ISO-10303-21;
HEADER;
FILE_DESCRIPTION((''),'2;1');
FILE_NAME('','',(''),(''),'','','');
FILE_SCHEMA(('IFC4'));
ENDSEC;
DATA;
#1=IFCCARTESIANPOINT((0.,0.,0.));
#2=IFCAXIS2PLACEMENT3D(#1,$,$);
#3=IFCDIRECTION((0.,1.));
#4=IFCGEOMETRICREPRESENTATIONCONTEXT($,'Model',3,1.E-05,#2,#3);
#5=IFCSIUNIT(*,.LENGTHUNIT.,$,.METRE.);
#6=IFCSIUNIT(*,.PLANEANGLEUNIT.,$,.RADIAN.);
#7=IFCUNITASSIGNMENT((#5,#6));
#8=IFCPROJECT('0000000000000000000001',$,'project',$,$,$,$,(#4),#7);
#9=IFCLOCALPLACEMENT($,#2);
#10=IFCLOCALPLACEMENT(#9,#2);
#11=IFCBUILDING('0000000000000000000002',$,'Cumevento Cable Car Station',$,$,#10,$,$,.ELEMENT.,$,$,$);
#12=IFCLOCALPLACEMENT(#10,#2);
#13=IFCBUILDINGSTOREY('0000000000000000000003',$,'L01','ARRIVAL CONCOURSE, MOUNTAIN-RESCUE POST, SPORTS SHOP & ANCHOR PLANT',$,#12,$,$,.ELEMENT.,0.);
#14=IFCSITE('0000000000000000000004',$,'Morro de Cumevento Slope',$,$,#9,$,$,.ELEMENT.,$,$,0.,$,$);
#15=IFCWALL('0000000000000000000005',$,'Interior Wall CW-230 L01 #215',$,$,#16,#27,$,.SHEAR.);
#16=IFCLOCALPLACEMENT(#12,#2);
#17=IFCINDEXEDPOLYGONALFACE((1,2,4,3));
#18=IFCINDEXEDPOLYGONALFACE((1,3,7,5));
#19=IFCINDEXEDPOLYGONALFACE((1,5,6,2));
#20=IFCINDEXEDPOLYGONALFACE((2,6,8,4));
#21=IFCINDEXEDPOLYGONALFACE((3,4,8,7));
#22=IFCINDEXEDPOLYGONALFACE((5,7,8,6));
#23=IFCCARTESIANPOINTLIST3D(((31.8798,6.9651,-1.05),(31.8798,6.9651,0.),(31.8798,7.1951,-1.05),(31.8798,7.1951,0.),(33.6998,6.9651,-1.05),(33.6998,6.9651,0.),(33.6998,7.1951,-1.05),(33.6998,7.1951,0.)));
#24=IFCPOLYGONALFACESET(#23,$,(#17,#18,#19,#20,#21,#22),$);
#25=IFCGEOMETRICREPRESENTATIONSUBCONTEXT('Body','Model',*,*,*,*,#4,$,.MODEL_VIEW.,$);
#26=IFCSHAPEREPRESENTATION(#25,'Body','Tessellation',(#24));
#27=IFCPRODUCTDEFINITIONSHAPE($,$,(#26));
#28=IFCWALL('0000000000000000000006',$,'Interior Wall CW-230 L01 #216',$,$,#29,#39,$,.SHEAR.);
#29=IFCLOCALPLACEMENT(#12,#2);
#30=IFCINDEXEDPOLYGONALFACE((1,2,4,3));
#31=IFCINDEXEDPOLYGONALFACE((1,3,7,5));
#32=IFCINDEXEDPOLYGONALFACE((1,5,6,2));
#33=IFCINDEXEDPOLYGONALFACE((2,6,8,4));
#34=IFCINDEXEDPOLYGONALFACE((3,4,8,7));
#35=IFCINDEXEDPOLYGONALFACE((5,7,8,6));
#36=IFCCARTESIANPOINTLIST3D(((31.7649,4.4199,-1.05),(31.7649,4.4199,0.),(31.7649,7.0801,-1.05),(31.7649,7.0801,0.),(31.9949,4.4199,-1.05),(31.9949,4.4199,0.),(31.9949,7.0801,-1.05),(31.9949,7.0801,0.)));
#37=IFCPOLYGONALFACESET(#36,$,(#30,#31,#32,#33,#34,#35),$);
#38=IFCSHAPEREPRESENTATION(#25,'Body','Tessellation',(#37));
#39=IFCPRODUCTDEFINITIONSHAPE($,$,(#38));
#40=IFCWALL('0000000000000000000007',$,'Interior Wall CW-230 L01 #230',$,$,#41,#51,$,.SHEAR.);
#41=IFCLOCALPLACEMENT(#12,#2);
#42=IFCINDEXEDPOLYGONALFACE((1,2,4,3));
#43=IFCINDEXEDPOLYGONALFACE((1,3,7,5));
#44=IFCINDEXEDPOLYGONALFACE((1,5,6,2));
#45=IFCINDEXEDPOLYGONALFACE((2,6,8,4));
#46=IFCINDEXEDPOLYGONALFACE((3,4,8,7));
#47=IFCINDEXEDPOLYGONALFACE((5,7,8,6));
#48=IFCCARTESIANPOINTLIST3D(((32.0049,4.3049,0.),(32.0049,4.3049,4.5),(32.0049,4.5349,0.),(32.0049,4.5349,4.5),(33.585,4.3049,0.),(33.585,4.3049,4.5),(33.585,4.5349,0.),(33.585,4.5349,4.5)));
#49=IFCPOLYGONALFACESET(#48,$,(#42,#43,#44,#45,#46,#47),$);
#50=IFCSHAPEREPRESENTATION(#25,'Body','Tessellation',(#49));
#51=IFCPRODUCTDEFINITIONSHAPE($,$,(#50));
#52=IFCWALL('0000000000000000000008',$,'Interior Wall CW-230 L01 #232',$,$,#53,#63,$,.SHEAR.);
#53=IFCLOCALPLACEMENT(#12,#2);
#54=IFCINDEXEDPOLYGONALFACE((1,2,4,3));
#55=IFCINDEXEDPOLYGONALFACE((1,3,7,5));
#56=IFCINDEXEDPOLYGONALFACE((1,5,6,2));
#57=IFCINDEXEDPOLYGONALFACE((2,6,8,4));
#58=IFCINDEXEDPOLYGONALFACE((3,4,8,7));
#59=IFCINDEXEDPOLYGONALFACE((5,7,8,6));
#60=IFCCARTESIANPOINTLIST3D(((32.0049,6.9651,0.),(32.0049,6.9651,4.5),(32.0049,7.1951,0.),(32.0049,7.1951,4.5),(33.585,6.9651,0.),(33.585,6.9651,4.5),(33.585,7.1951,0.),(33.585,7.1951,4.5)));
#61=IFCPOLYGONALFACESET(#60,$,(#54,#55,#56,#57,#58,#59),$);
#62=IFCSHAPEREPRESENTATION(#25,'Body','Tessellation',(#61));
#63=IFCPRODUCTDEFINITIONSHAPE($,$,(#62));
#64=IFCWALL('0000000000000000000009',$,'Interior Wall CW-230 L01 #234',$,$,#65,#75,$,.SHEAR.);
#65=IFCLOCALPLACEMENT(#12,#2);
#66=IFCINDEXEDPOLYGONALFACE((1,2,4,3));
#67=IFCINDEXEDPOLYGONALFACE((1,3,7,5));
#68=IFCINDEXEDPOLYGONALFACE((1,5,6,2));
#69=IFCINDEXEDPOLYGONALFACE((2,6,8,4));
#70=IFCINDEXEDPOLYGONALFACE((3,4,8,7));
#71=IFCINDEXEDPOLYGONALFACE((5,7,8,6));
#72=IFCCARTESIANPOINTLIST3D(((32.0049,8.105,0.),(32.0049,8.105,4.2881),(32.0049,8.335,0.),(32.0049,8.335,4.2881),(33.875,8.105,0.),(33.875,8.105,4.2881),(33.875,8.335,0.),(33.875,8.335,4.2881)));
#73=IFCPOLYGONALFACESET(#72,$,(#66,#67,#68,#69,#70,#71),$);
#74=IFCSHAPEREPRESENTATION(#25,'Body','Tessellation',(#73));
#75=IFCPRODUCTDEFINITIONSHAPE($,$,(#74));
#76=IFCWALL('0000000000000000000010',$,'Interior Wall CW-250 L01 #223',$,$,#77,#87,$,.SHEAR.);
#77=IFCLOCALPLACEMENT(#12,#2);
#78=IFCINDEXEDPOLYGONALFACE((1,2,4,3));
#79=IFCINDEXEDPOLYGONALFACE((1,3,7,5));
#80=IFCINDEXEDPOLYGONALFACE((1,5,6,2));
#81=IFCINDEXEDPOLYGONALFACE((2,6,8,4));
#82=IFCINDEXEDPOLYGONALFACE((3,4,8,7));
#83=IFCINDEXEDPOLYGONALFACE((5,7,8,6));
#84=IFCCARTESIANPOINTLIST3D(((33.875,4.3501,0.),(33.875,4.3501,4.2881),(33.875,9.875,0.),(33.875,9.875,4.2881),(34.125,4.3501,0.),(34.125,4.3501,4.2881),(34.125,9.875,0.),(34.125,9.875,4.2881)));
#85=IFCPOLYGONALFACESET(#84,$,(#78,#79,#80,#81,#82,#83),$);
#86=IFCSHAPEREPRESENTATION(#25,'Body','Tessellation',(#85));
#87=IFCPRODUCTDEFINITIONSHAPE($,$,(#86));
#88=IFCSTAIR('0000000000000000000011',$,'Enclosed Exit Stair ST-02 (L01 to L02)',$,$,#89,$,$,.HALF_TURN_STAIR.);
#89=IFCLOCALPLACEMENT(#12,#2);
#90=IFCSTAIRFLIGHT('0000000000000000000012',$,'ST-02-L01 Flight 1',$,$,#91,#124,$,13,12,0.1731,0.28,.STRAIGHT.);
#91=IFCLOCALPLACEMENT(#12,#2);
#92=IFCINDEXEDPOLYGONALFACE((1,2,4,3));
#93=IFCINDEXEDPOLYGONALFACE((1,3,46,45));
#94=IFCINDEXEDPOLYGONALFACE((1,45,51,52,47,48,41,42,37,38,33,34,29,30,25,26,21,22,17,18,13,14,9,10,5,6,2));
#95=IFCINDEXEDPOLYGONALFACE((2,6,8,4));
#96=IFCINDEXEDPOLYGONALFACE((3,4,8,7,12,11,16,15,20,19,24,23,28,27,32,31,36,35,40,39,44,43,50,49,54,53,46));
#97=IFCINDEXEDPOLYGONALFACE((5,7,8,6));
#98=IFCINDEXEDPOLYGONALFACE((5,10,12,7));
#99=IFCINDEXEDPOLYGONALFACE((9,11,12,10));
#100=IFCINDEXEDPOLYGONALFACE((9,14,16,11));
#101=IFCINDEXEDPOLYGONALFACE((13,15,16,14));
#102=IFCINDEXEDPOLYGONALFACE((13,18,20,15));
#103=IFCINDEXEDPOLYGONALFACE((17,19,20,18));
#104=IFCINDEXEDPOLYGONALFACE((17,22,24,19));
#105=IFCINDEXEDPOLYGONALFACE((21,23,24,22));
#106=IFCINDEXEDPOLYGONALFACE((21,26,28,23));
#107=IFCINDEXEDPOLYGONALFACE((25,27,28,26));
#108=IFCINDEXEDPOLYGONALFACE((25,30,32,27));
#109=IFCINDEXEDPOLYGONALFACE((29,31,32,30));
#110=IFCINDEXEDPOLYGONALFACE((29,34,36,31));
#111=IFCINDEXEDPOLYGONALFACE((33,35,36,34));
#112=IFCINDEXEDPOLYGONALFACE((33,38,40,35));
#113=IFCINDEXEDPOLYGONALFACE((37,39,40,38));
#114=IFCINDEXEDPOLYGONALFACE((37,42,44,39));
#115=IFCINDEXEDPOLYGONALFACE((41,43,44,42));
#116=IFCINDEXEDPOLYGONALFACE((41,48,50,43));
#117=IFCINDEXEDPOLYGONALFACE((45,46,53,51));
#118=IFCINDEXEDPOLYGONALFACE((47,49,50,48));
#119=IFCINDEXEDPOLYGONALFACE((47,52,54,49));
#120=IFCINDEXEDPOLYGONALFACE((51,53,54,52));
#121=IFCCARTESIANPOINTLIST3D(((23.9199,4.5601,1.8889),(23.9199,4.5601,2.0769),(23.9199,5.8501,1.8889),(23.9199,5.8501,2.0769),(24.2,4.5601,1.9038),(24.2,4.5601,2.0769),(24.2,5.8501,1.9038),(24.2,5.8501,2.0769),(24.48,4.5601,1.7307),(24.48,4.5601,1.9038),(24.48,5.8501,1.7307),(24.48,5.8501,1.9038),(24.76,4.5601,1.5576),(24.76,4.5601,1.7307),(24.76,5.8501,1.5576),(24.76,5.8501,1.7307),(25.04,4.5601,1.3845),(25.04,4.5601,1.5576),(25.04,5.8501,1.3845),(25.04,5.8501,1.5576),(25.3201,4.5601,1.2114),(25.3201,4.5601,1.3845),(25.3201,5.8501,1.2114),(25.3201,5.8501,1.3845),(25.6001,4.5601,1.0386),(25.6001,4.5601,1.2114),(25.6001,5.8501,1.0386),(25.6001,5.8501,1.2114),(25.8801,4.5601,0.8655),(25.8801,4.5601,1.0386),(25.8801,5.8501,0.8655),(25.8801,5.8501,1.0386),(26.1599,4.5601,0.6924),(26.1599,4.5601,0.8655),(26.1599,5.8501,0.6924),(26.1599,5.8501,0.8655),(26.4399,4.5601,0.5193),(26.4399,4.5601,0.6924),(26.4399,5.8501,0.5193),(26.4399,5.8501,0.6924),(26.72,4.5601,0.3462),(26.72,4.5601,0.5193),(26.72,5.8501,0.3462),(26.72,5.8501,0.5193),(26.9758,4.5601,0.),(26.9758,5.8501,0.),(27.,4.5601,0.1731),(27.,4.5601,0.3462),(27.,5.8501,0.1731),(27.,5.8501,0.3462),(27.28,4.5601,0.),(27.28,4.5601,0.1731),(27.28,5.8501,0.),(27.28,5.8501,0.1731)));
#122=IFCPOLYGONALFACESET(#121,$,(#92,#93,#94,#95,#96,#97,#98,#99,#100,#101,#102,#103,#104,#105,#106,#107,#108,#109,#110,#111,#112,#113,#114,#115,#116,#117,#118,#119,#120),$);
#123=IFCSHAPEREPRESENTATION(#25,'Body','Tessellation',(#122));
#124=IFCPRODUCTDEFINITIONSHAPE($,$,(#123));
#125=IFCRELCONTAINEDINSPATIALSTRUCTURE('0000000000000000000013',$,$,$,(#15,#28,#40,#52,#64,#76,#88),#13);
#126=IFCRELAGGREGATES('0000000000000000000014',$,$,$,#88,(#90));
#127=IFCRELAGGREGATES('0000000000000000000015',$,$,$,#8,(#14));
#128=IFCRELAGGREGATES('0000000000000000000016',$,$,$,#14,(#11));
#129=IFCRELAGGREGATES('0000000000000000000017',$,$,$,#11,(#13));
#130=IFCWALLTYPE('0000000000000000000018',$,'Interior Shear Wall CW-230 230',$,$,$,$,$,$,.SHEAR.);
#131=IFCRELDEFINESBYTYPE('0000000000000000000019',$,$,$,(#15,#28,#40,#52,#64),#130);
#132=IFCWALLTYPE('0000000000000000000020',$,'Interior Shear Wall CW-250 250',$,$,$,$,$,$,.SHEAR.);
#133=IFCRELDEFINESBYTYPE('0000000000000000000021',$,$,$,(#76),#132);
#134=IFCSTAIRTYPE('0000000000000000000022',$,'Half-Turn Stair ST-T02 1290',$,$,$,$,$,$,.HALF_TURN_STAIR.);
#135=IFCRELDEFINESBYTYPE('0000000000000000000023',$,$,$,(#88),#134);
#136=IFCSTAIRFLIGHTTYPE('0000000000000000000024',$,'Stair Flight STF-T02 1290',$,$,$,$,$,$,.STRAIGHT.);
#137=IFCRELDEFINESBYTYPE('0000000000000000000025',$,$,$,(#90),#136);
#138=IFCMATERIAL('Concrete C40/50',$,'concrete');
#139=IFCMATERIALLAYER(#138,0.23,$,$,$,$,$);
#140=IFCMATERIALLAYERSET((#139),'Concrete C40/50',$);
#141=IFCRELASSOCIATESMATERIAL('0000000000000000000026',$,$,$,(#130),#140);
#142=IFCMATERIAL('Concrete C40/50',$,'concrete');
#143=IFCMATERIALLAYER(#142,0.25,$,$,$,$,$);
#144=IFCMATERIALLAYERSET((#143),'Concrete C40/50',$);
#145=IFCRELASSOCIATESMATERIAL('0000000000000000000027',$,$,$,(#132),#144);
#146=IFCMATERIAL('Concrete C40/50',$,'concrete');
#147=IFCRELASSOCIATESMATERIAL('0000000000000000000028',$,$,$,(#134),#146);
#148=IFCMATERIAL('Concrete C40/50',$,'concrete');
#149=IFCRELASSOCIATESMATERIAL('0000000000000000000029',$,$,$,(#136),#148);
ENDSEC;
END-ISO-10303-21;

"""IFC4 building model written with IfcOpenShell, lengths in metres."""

from ifc_helpers import new_model, si_unit, direction, frame, frame_2d, origin, place, context, subcontext, project, spatial, polyline, rectangle, outline, extrude, material, layer, layer_set, type_object, element, aggregate, save


model = new_model("IFC4")

# Units and contexts
model_context = context("Model", 3, precision=1e-05, world=origin(), true_north=direction((0.0, 1.0)))
body_context = subcontext(model_context, "Body", "Model", "MODEL_VIEW")
ifc_project = project(units=[si_unit("LENGTHUNIT", "METRE"), si_unit("PLANEANGLEUNIT", "RADIAN")], contexts=[model_context])

# Site, building, storey
site_placement = place(None, origin())
site = spatial("IfcSite", under=ifc_project, at=site_placement, Name="Morro de Cumevento Slope", CompositionType="ELEMENT", RefElevation=0.0)
building_placement = place(site_placement, origin())
building = spatial("IfcBuilding", under=site, at=building_placement, Name="Cumevento Cable Car Station", CompositionType="ELEMENT")
storey_placement = place(building_placement, origin())
storey = spatial("IfcBuildingStorey", under=building, at=storey_placement, Name="L01", Description="ARRIVAL CONCOURSE, MOUNTAIN-RESCUE POST, SPORTS SHOP & ANCHOR PLANT", CompositionType="ELEMENT", Elevation=0.0)

# Walls
ifc_material_1 = material(Name="Concrete C40/50", Category="concrete")
ifc_layer_1 = layer(ifc_material_1, 0.23)
ifc_layer_set_1 = layer_set([ifc_layer_1], Name="Concrete C40/50")
wall_type_1 = type_object("IfcWallType", Name="Interior Shear Wall CW-230 230", PredefinedType="SHEAR", material=ifc_layer_set_1)
wall_1_placement = place(storey_placement, frame((33.7, 7.0801, -1.05), z_axis=(0.0, 0.0, 1.0), x_axis=(-1.0, 0.0, 0.0)))
element("IfcWall", 1, at=wall_1_placement, inside=storey, type_object=wall_type_1, Name="Interior Wall CW-230 L01 #215", PredefinedType="SHEAR", context=body_context, shape_type="SweptSolid", body=[
    extrude(rectangle(XDim=1.8201, YDim=0.23, at=frame_2d((0.9102, 0.0))), origin(), (0.0, 0.0, 1.0), 1.05),
])
wall_2_placement = place(storey_placement, frame((31.8799, 7.0801, -1.05), z_axis=(0.0, 0.0, 1.0), x_axis=(0.0, -1.0, 0.0)))
element("IfcWall", 2, at=wall_2_placement, inside=storey, type_object=wall_type_1, Name="Interior Wall CW-230 L01 #216", PredefinedType="SHEAR", context=body_context, shape_type="SweptSolid", body=[
    extrude(rectangle(XDim=2.6602, YDim=0.23, at=frame_2d((1.3301, 0.0))), origin(), (0.0, 0.0, 1.0), 1.05),
])
for number, where, z_axis, x_axis, name in (
    (3, (32.0049, 4.4199, 0.0), (0.0, 0.0, 1.0), (1.0, 0.0, 0.0), "Interior Wall CW-230 L01 #230"),
    (4, (32.0049, 7.0801, 0.0), (0.0, 0.0, 1.0), (1.0, 0.0, 0.0), "Interior Wall CW-230 L01 #232"),
):
    element("IfcWall", number, at=place(storey_placement, frame(where, z_axis=z_axis, x_axis=x_axis)), inside=storey, type_object=wall_type_1, Name=name, PredefinedType="SHEAR", context=body_context, shape_type="SweptSolid", body=[
        extrude(rectangle(XDim=1.5801, YDim=0.23, at=frame_2d((0.79, 0.0))), origin(), (0.0, 0.0, 1.0), 4.5),
    ])
wall_3_placement = place(storey_placement, frame((32.0049, 8.22, 0.0), z_axis=(0.0, 0.0, 1.0), x_axis=(1.0, 0.0, 0.0)))
element("IfcWall", 5, at=wall_3_placement, inside=storey, type_object=wall_type_1, Name="Interior Wall CW-230 L01 #234", PredefinedType="SHEAR", context=body_context, shape_type="SweptSolid", body=[
    extrude(rectangle(XDim=1.8701, YDim=0.23, at=frame_2d((0.9351, 0.0))), origin(), (0.0, 0.0, 1.0), 4.2881),
])
ifc_material_2 = material(Name="Concrete C40/50", Category="concrete")
ifc_layer_2 = layer(ifc_material_2, 0.25)
ifc_layer_set_2 = layer_set([ifc_layer_2], Name="Concrete C40/50")
wall_type_2 = type_object("IfcWallType", Name="Interior Shear Wall CW-250 250", PredefinedType="SHEAR", material=ifc_layer_set_2)
wall_4_placement = place(storey_placement, frame((34.0, 4.3501, 0.0), z_axis=(0.0, 0.0, 1.0), x_axis=(0.0, 1.0, 0.0)))
element("IfcWall", 6, at=wall_4_placement, inside=storey, type_object=wall_type_2, Name="Interior Wall CW-250 L01 #223", PredefinedType="SHEAR", context=body_context, shape_type="SweptSolid", body=[
    extrude(rectangle(XDim=5.5249, YDim=0.25, at=frame_2d((2.7625, 0.0))), origin(), (0.0, 0.0, 1.0), 4.2881),
])

# Stair, stair flight
ifc_material_3 = material(Name="Concrete C40/50", Category="concrete")
stair_type = type_object("IfcStairType", Name="Half-Turn Stair ST-T02 1290", PredefinedType="HALF_TURN_STAIR", material=ifc_material_3)
stair_placement = place(storey_placement, origin())
stair = element("IfcStair", 7, at=stair_placement, inside=storey, type_object=stair_type, Name="Enclosed Exit Stair ST-02 (L01 to L02)", PredefinedType="HALF_TURN_STAIR")
ifc_material_4 = material(Name="Concrete C40/50", Category="concrete")
stair_flight_type = type_object("IfcStairFlightType", Name="Stair Flight STF-T02 1290", PredefinedType="STRAIGHT", material=ifc_material_4)
stair_flight_placement = place(storey_placement, frame((27.28, 5.2051, 0.0), z_axis=(0.0, 0.0, 1.0), x_axis=(-1.0, 0.0, 0.0)))
stair_flight = element("IfcStairFlight", 8, at=stair_flight_placement, type_object=stair_flight_type, Name="ST-02-L01 Flight 1", NumberOfRisers=13, NumberOfTreads=12, PredefinedType="STRAIGHT", RiserHeight=0.1731, TreadLength=0.28, context=body_context, shape_type="SweptSolid", body=[
    extrude(outline(polyline([(0.0, 0.0), (0.0, 0.1731), (0.28, 0.1731), (0.28, 0.3462), (0.5601, 0.3462), (0.5601, 0.5193), (0.8401, 0.5193), (0.8401, 0.6924), (1.1201, 0.6924), (1.1201, 0.8655), (1.3999, 0.8655), (1.3999, 1.0386), (1.6799, 1.0386), (1.6799, 1.2114), (1.96, 1.2114), (1.96, 1.3845), (2.24, 1.3845), (2.24, 1.5576), (2.52, 1.5576), (2.52, 1.7307), (2.8, 1.7307), (2.8, 1.9038), (3.0801, 1.9038), (3.0801, 2.0769), (3.3601, 2.0769), (3.3601, 2.25), (3.3601, 1.8889), (0.3042, 0.0), (0.0, 0.0)])), frame((0.0, 0.645, 0.0), z_axis=(0.0, -1.0, 0.0), x_axis=(1.0, 0.0, 0.0)), (0.0, 0.0, 1.0), 1.29),
])
aggregate(stair, [stair_flight])

save(model, "model.ifc")
